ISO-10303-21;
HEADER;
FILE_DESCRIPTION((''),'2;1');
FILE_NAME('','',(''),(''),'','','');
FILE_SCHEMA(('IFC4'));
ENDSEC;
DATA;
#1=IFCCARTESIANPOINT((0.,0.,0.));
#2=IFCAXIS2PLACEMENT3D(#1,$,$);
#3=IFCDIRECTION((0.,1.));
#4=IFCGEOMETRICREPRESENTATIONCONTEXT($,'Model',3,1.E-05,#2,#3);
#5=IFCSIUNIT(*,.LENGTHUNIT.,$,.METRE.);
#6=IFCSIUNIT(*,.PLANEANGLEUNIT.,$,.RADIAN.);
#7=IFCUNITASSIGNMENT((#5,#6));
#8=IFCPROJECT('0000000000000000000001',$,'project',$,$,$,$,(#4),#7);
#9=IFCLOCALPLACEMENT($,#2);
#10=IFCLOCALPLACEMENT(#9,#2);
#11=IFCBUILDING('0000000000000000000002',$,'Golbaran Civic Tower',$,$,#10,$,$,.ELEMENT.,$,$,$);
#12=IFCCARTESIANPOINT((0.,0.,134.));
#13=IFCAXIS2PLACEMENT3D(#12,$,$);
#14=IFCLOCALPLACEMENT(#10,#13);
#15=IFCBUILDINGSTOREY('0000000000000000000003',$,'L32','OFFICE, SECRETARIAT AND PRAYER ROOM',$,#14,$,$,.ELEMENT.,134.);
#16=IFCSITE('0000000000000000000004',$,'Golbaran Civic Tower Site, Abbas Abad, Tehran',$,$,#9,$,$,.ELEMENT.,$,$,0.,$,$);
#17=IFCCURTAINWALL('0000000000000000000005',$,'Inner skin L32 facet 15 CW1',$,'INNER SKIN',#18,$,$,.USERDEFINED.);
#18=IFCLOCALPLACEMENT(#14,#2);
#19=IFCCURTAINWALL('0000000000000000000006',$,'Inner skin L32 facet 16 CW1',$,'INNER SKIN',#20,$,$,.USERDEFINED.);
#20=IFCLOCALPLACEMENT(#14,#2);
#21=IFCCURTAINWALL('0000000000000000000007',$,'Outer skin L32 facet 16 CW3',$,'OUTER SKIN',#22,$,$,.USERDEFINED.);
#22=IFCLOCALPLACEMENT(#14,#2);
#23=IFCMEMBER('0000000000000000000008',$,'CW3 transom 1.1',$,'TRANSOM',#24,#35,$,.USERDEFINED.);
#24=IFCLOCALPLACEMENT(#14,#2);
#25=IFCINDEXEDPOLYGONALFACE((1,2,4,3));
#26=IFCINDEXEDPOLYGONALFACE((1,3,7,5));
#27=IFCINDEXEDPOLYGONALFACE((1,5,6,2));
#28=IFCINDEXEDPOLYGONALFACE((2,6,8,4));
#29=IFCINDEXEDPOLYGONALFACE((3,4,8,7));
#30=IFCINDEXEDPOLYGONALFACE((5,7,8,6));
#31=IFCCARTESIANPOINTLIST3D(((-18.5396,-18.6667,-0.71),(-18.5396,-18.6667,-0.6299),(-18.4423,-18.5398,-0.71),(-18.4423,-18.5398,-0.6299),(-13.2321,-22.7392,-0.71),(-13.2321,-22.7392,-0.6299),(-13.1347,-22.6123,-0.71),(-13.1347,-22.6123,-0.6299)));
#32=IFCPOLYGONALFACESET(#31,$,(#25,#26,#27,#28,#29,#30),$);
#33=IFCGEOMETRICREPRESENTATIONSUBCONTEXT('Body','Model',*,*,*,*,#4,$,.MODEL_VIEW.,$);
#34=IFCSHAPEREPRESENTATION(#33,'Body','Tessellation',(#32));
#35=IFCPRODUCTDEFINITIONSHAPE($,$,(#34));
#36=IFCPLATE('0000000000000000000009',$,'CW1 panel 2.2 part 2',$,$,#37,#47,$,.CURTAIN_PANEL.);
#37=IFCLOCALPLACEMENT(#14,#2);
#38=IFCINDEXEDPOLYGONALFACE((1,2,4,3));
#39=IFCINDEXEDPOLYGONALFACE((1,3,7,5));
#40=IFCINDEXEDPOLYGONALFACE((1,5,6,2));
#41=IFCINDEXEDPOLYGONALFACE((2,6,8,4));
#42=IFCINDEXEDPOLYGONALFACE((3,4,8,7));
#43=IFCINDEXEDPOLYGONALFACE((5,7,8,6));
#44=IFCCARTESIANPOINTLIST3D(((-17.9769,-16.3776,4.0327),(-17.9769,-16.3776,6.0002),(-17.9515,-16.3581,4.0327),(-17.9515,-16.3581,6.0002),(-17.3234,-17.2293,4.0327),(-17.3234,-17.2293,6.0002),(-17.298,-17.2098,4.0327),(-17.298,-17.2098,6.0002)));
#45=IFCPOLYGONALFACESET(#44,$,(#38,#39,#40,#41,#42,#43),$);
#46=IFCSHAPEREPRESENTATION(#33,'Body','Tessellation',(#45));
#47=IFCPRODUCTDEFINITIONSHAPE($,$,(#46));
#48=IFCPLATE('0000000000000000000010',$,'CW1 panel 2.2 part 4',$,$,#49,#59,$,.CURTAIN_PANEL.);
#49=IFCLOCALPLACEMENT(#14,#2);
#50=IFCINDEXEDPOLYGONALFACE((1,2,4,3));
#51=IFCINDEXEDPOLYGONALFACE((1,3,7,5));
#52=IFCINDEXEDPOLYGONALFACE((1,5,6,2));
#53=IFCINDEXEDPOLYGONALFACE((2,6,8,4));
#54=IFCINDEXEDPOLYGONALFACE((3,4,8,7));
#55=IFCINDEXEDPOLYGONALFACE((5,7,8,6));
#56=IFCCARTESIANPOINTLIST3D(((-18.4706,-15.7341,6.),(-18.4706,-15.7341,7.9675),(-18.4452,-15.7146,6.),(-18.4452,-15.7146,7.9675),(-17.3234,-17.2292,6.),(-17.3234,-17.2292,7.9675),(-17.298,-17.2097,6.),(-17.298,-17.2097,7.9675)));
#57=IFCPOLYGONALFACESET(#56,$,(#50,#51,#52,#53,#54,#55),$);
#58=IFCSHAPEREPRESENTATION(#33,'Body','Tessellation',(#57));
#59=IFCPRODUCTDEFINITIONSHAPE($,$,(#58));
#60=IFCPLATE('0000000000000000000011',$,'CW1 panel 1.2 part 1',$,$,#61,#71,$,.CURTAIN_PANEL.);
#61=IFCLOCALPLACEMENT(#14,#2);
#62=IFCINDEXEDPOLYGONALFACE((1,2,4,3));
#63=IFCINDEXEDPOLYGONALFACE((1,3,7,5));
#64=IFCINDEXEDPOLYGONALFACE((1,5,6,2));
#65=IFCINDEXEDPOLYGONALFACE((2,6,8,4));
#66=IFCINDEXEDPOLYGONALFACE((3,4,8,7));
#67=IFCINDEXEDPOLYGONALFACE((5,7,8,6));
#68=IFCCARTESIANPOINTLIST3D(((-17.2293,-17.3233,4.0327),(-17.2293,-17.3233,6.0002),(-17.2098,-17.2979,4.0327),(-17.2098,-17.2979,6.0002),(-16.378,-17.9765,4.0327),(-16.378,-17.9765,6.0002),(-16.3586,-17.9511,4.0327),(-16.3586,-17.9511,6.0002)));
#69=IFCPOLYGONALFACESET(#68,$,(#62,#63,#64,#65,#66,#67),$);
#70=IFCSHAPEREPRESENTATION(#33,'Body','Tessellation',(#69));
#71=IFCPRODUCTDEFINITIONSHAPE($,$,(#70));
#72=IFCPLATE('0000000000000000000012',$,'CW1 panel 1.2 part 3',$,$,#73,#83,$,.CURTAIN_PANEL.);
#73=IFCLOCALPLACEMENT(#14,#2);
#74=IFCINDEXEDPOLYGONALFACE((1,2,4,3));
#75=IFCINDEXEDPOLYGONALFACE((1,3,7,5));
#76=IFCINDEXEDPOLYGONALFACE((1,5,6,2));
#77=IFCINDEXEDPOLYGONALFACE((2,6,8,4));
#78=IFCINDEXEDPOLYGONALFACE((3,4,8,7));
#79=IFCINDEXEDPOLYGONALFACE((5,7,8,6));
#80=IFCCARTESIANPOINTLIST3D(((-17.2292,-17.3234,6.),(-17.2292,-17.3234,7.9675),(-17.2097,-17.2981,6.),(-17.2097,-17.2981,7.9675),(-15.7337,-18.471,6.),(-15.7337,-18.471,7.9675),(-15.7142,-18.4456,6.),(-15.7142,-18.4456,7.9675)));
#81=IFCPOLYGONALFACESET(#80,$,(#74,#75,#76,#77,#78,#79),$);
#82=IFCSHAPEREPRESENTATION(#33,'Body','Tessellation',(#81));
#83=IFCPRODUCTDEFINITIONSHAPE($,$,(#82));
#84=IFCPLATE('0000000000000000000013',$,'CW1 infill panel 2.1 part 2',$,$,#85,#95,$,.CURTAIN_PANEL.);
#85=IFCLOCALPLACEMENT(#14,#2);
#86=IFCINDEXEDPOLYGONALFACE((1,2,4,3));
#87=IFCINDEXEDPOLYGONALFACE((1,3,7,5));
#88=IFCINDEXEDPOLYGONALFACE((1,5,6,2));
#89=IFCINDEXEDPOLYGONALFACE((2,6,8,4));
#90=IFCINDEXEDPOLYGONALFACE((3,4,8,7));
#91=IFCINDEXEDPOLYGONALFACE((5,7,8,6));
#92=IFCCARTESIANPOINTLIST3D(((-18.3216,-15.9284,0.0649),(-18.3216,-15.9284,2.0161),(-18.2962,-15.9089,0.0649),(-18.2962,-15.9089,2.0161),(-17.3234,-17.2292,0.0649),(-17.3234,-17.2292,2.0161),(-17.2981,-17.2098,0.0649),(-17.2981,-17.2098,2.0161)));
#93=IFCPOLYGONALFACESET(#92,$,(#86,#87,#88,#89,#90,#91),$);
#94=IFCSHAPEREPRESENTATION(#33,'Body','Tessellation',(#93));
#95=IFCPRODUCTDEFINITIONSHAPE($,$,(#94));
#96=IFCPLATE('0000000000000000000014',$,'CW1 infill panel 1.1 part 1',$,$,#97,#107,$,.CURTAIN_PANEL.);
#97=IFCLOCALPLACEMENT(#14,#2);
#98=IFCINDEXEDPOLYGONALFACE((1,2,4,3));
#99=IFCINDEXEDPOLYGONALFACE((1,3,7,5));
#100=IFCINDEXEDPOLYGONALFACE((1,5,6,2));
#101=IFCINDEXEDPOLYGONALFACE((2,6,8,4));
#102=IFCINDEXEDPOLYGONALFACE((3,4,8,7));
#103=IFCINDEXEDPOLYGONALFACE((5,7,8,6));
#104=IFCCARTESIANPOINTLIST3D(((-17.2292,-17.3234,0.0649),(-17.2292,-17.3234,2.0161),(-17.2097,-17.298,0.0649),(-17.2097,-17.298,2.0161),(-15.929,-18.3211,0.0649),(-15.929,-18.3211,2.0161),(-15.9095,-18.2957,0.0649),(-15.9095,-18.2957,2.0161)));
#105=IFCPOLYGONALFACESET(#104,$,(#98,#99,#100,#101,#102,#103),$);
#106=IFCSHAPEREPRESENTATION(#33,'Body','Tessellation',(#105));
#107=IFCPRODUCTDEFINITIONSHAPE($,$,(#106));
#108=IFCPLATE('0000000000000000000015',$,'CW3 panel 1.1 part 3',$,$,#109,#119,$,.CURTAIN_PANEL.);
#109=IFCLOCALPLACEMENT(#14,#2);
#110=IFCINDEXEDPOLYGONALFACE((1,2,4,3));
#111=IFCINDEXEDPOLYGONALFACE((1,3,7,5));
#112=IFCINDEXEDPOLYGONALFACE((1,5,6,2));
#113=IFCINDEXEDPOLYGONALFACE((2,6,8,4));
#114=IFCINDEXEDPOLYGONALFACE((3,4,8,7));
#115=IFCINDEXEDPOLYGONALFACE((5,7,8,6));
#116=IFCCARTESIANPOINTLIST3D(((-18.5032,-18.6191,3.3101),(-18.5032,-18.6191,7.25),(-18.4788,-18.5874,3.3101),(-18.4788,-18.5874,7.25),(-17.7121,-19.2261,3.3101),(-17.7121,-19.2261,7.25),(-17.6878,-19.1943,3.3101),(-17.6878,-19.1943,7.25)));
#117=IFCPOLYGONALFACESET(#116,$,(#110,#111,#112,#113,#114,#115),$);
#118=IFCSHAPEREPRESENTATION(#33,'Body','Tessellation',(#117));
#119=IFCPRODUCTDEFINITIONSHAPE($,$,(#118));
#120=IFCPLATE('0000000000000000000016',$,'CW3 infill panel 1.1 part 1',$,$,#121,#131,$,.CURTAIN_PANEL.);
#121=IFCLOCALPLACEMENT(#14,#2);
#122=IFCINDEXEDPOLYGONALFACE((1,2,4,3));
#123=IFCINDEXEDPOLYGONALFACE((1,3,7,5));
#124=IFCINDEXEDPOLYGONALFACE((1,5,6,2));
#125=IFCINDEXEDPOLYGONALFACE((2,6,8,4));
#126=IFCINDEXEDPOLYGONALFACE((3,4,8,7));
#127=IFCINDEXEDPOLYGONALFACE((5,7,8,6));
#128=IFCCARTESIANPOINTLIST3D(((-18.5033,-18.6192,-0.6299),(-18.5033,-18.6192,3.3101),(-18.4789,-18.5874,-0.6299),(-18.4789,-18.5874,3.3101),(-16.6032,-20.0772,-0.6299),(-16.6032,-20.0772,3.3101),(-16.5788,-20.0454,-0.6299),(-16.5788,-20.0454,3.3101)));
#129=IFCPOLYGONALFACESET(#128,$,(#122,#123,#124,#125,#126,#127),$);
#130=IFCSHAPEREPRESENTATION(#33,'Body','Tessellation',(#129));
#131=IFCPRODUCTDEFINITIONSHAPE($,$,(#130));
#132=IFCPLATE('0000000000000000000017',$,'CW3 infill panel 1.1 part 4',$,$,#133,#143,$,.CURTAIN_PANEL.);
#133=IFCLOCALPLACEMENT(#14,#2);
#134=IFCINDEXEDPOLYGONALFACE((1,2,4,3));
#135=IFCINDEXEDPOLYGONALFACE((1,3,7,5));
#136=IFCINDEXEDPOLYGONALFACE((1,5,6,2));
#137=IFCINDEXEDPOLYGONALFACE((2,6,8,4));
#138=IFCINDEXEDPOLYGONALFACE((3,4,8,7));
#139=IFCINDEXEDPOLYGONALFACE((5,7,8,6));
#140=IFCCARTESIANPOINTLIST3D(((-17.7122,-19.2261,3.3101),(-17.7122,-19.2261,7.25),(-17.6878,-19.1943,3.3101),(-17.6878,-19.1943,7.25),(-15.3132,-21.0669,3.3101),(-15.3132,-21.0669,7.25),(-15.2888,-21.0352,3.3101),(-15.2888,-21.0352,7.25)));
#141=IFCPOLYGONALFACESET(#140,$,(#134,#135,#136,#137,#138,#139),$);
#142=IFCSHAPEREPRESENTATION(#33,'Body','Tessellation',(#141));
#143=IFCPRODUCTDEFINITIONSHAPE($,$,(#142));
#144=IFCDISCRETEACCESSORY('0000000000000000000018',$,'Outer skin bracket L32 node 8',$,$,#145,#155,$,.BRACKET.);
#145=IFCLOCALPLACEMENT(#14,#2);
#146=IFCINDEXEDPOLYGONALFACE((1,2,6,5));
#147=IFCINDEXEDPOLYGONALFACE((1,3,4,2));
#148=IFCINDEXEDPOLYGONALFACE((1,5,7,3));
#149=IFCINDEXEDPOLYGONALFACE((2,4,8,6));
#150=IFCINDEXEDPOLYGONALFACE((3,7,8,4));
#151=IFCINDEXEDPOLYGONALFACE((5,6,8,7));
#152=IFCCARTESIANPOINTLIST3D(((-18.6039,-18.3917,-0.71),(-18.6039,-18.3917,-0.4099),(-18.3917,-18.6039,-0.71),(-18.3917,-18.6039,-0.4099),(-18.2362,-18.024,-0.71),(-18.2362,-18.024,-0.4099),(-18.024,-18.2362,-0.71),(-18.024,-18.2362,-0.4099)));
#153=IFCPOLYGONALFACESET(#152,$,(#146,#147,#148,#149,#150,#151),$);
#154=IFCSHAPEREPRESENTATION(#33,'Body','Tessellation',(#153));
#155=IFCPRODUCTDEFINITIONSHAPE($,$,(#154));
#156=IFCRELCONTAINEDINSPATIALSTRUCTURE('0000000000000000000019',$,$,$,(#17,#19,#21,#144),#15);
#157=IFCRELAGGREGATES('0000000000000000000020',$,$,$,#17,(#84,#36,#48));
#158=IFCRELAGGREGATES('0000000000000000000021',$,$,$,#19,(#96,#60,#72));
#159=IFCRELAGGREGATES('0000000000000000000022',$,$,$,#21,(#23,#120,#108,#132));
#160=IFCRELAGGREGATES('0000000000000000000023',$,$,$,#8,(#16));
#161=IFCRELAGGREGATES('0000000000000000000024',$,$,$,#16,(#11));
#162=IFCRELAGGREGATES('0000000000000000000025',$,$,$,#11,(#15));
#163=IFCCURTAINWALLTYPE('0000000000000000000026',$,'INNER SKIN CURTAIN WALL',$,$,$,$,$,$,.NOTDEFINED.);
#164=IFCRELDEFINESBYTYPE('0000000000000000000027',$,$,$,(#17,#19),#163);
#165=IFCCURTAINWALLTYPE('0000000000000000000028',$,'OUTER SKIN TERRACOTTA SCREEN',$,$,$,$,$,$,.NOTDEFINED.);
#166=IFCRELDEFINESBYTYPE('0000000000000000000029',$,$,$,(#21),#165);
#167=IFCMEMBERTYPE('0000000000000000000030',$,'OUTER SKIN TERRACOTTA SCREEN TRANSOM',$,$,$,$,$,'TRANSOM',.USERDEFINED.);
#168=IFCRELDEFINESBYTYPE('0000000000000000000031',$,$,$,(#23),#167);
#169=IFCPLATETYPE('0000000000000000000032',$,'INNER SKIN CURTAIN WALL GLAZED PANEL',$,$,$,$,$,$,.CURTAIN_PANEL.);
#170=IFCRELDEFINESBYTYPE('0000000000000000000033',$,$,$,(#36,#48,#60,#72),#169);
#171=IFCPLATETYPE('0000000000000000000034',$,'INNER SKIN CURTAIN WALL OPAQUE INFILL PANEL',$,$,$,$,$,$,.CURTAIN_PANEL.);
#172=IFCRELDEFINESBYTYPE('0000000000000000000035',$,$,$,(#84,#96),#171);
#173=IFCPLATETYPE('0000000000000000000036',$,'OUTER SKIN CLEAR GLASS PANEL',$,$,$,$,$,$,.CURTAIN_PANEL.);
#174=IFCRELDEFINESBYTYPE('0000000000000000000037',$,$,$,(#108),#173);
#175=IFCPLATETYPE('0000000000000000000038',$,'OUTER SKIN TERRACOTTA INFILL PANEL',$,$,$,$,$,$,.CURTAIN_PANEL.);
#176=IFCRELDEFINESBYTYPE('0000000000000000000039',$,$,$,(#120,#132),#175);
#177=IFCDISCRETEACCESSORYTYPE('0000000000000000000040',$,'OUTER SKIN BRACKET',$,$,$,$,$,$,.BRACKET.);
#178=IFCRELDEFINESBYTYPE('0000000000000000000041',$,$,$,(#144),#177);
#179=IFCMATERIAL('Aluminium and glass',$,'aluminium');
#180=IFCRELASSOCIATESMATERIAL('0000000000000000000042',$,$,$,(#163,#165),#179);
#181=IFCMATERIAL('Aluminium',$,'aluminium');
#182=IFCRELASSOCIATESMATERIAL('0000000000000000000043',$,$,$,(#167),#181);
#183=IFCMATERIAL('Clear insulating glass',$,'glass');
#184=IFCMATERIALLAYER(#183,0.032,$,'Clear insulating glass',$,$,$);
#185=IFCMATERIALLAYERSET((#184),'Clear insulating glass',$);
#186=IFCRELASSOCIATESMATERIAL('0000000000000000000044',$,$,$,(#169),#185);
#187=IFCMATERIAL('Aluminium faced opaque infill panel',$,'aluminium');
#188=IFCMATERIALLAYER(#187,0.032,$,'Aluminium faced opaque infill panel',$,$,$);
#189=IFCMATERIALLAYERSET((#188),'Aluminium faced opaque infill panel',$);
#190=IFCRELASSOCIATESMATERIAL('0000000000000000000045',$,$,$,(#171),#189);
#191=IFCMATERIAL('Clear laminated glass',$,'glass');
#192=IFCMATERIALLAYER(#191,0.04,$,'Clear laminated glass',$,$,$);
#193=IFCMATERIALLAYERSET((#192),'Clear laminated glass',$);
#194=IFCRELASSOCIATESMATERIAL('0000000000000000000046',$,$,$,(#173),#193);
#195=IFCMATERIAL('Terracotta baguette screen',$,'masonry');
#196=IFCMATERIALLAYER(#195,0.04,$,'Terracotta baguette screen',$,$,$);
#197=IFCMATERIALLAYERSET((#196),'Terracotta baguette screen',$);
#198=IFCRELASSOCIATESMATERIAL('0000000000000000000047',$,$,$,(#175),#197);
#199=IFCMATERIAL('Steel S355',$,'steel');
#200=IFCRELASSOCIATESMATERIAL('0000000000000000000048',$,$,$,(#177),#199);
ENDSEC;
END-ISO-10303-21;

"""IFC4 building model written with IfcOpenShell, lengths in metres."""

from ifc_helpers import new_model, si_unit, direction, frame, origin, origin_2d, place, context, subcontext, project, spatial, rectangle, extrude, material, layer, layer_set, material_profile, profile_set, type_object, element, aggregate, save


model = new_model("IFC4")

# Units and contexts
model_context = context("Model", 3, precision=1e-05, world=origin(), true_north=direction((0.0, 1.0)))
body_context = subcontext(model_context, "Body", "Model", "MODEL_VIEW")
ifc_project = project(units=[si_unit("LENGTHUNIT", "METRE"), si_unit("PLANEANGLEUNIT", "RADIAN")], contexts=[model_context])

# Site, building, storey
site_placement = place(None, origin())
site = spatial("IfcSite", under=ifc_project, at=site_placement, Name="Golbaran Civic Tower Site, Abbas Abad, Tehran", CompositionType="ELEMENT", RefElevation=0.0)
building_placement = place(site_placement, origin())
building = spatial("IfcBuilding", under=site, at=building_placement, Name="Golbaran Civic Tower", CompositionType="ELEMENT")
storey_placement = place(building_placement, frame((0.0, 0.0, 134.0)))
storey = spatial("IfcBuildingStorey", under=building, at=storey_placement, Name="L32", Description="OFFICE, SECRETARIAT AND PRAYER ROOM", CompositionType="ELEMENT", Elevation=134.0)

# Shared definitions
ifc_material_1 = material(Name="Steel S355", Category="steel")

# Curtain wall
ifc_material_2 = material(Name="Aluminium and glass", Category="aluminium")
curtain_wall_type_1 = type_object("IfcCurtainWallType", Name="INNER SKIN CURTAIN WALL", PredefinedType="NOTDEFINED", material=ifc_material_2)
curtain_wall_1_placement = place(storey_placement, origin())
curtain_wall_1 = element("IfcCurtainWall", 1, at=curtain_wall_1_placement, inside=storey, type_object=curtain_wall_type_1, Name="Inner skin L32 facet 15 CW1", ObjectType="INNER SKIN", PredefinedType="USERDEFINED")
ifc_material_3 = material(Name="Aluminium", Category="aluminium")

# Curtain wall
curtain_wall_2_placement = place(storey_placement, origin())
curtain_wall_2 = element("IfcCurtainWall", 2, at=curtain_wall_2_placement, inside=storey, type_object=curtain_wall_type_1, Name="Inner skin L32 facet 16 CW1", ObjectType="INNER SKIN", PredefinedType="USERDEFINED")

# Shared definitions
curtain_wall_type_2 = type_object("IfcCurtainWallType", Name="OUTER SKIN TERRACOTTA SCREEN", PredefinedType="NOTDEFINED", material=ifc_material_2)

# Curtain wall, member
curtain_wall_3_placement = place(storey_placement, origin())
curtain_wall_3 = element("IfcCurtainWall", 3, at=curtain_wall_3_placement, inside=storey, type_object=curtain_wall_type_2, Name="Outer skin L32 facet 16 CW3", ObjectType="OUTER SKIN", PredefinedType="USERDEFINED")
ifc_material_profile_1 = material_profile(ifc_material_3, rectangle(XDim=0.1599, YDim=0.0801, at=origin_2d()), Name="OUTER SKIN TERRACOTTA SCREEN TRANSOM")
ifc_profile_set_1 = profile_set([ifc_material_profile_1], Name="Aluminium")
member_type_1 = type_object("IfcMemberType", Name="OUTER SKIN TERRACOTTA SCREEN TRANSOM", ElementType="TRANSOM", PredefinedType="USERDEFINED", material=ifc_profile_set_1)
member_1_placement = place(storey_placement, frame((-18.491, -18.6033, -0.6699), z_axis=(0.793365, -0.608746, 0.0), x_axis=(0.608746, 0.793365, 0.0)))
member_1 = element("IfcMember", 4, at=member_1_placement, type_object=member_type_1, Name="CW3 transom 1.1", ObjectType="TRANSOM", PredefinedType="USERDEFINED", context=body_context, shape_type="SweptSolid", body=[
    extrude(rectangle(XDim=0.1599, YDim=0.0801, at=origin_2d()), origin(), (0.0, 0.0, 1.0), 6.6899),
])

# Plates
ifc_material_4 = material(Name="Clear insulating glass", Category="glass")
ifc_layer_1 = layer(ifc_material_4, 0.032, Name="Clear insulating glass")
ifc_layer_set_1 = layer_set([ifc_layer_1], Name="Clear insulating glass")
plate_type_1 = type_object("IfcPlateType", Name="INNER SKIN CURTAIN WALL GLAZED PANEL", PredefinedType="CURTAIN_PANEL", material=ifc_layer_set_1)
plate_1_placement = place(storey_placement, frame((-17.6375, -16.7937, 4.0327), z_axis=(0.0, 0.0, 1.0), x_axis=(0.608761, -0.793353, 0.0)))
plate_1 = element("IfcPlate", 5, at=plate_1_placement, type_object=plate_type_1, Name="CW1 panel 2.2 part 2", PredefinedType="CURTAIN_PANEL", context=body_context, shape_type="SweptSolid", body=[
    extrude(rectangle(XDim=1.0735, YDim=0.032, at=origin_2d()), origin(), (0.0, 0.0, 1.0), 1.9675),
])
plate_2_placement = place(storey_placement, frame((-17.8843, -16.4719, 6.0), z_axis=(0.0, 0.0, 1.0), x_axis=(0.608761, -0.793353, 0.0)))
plate_2 = element("IfcPlate", 6, at=plate_2_placement, type_object=plate_type_1, Name="CW1 panel 2.2 part 4", PredefinedType="CURTAIN_PANEL", context=body_context, shape_type="SweptSolid", body=[
    extrude(rectangle(XDim=1.8845, YDim=0.032, at=origin_2d()), origin(), (0.0, 0.0, 1.0), 1.9675),
])
plate_3_placement = place(storey_placement, frame((-16.7939, -17.6372, 4.0327), z_axis=(0.0, 0.0, 1.0), x_axis=(0.793353, -0.608761, 0.0)))
plate_3 = element("IfcPlate", 7, at=plate_3_placement, type_object=plate_type_1, Name="CW1 panel 1.2 part 1", PredefinedType="CURTAIN_PANEL", context=body_context, shape_type="SweptSolid", body=[
    extrude(rectangle(XDim=1.073, YDim=0.032, at=origin_2d()), origin(), (0.0, 0.0, 1.0), 1.9675),
])
plate_4_placement = place(storey_placement, frame((-16.4717, -17.8845, 6.0), z_axis=(0.0, 0.0, 1.0), x_axis=(0.793353, -0.608761, 0.0)))
plate_4 = element("IfcPlate", 8, at=plate_4_placement, type_object=plate_type_1, Name="CW1 panel 1.2 part 3", PredefinedType="CURTAIN_PANEL", context=body_context, shape_type="SweptSolid", body=[
    extrude(rectangle(XDim=1.885, YDim=0.032, at=origin_2d()), origin(), (0.0, 0.0, 1.0), 1.9675),
])
ifc_material_5 = material(Name="Aluminium faced opaque infill panel", Category="aluminium")
ifc_layer_2 = layer(ifc_material_5, 0.032, Name="Aluminium faced opaque infill panel")
ifc_layer_set_2 = layer_set([ifc_layer_2], Name="Aluminium faced opaque infill panel")
plate_type_2 = type_object("IfcPlateType", Name="INNER SKIN CURTAIN WALL OPAQUE INFILL PANEL", PredefinedType="CURTAIN_PANEL", material=ifc_layer_set_2)
plate_5_placement = place(storey_placement, frame((-17.8098, -16.5691, 0.0649), z_axis=(0.0, 0.0, 1.0), x_axis=(0.608761, -0.793353, 0.0)))
plate_5 = element("IfcPlate", 9, at=plate_5_placement, type_object=plate_type_2, Name="CW1 infill panel 2.1 part 2", PredefinedType="CURTAIN_PANEL", context=body_context, shape_type="SweptSolid", body=[
    extrude(rectangle(XDim=1.6396, YDim=0.032, at=origin_2d()), origin(), (0.0, 0.0, 1.0), 1.9512),
])
aggregate(curtain_wall_1, [plate_5, plate_1, plate_2])
plate_6_placement = place(storey_placement, frame((-16.5693, -17.8096, 0.0649), z_axis=(0.0, 0.0, 1.0), x_axis=(0.793353, -0.608761, 0.0)))
plate_6 = element("IfcPlate", 10, at=plate_6_placement, type_object=plate_type_2, Name="CW1 infill panel 1.1 part 1", PredefinedType="CURTAIN_PANEL", context=body_context, shape_type="SweptSolid", body=[
    extrude(rectangle(XDim=1.6389, YDim=0.032, at=origin_2d()), origin(), (0.0, 0.0, 1.0), 1.9512),
])
aggregate(curtain_wall_2, [plate_6, plate_3, plate_4])
ifc_material_6 = material(Name="Clear laminated glass", Category="glass")
ifc_layer_3 = layer(ifc_material_6, 0.04, Name="Clear laminated glass")
ifc_layer_set_3 = layer_set([ifc_layer_3], Name="Clear laminated glass")
plate_type_3 = type_object("IfcPlateType", Name="OUTER SKIN CLEAR GLASS PANEL", PredefinedType="CURTAIN_PANEL", material=ifc_layer_set_3)
plate_7_placement = place(storey_placement, frame((-18.0955, -18.9067, 3.3101), z_axis=(0.0, 0.0, 1.0), x_axis=(0.793353, -0.608761, 0.0)))
plate_7 = element("IfcPlate", 11, at=plate_7_placement, type_object=plate_type_3, Name="CW3 panel 1.1 part 3", PredefinedType="CURTAIN_PANEL", context=body_context, shape_type="SweptSolid", body=[
    extrude(rectangle(XDim=0.9971, YDim=0.04, at=origin_2d()), origin(), (0.0, 0.0, 1.0), 3.9399),
])
ifc_material_7 = material(Name="Terracotta baguette screen", Category="masonry")
ifc_layer_4 = layer(ifc_material_7, 0.04, Name="Terracotta baguette screen")
ifc_layer_set_4 = layer_set([ifc_layer_4], Name="Terracotta baguette screen")
plate_type_4 = type_object("IfcPlateType", Name="OUTER SKIN TERRACOTTA INFILL PANEL", PredefinedType="CURTAIN_PANEL", material=ifc_layer_set_4)
plate_8_placement = place(storey_placement, frame((-17.541, -19.3323, -0.6299), z_axis=(0.0, 0.0, 1.0), x_axis=(0.793353, -0.608761, 0.0)))
plate_8 = element("IfcPlate", 12, at=plate_8_placement, type_object=plate_type_4, Name="CW3 infill panel 1.1 part 1", PredefinedType="CURTAIN_PANEL", context=body_context, shape_type="SweptSolid", body=[
    extrude(rectangle(XDim=2.395, YDim=0.04, at=origin_2d()), origin(), (0.0, 0.0, 1.0), 3.9399),
])
plate_9_placement = place(storey_placement, frame((-16.5005, -20.1306, 3.3101), z_axis=(0.0, 0.0, 1.0), x_axis=(0.793353, -0.608761, 0.0)))
plate_9 = element("IfcPlate", 13, at=plate_9_placement, type_object=plate_type_4, Name="CW3 infill panel 1.1 part 4", PredefinedType="CURTAIN_PANEL", context=body_context, shape_type="SweptSolid", body=[
    extrude(rectangle(XDim=3.0239, YDim=0.04, at=origin_2d()), origin(), (0.0, 0.0, 1.0), 3.9399),
])
aggregate(curtain_wall_3, [member_1, plate_8, plate_7, plate_9])

# Discrete accessory
discrete_accessory_type = type_object("IfcDiscreteAccessoryType", Name="OUTER SKIN BRACKET", PredefinedType="BRACKET", material=ifc_material_1)
discrete_accessory_placement = place(storey_placement, frame((-18.314, -18.314, -0.71), z_axis=(0.0, 0.0, 1.0), x_axis=(-0.707107, -0.707107, 0.0)))
element("IfcDiscreteAccessory", 14, at=discrete_accessory_placement, inside=storey, type_object=discrete_accessory_type, Name="Outer skin bracket L32 node 8", PredefinedType="BRACKET", context=body_context, shape_type="SweptSolid", body=[
    extrude(rectangle(XDim=0.52, YDim=0.3, at=origin_2d()), origin(), (0.0, 0.0, 1.0), 0.3),
])

save(model, "model.ifc")
